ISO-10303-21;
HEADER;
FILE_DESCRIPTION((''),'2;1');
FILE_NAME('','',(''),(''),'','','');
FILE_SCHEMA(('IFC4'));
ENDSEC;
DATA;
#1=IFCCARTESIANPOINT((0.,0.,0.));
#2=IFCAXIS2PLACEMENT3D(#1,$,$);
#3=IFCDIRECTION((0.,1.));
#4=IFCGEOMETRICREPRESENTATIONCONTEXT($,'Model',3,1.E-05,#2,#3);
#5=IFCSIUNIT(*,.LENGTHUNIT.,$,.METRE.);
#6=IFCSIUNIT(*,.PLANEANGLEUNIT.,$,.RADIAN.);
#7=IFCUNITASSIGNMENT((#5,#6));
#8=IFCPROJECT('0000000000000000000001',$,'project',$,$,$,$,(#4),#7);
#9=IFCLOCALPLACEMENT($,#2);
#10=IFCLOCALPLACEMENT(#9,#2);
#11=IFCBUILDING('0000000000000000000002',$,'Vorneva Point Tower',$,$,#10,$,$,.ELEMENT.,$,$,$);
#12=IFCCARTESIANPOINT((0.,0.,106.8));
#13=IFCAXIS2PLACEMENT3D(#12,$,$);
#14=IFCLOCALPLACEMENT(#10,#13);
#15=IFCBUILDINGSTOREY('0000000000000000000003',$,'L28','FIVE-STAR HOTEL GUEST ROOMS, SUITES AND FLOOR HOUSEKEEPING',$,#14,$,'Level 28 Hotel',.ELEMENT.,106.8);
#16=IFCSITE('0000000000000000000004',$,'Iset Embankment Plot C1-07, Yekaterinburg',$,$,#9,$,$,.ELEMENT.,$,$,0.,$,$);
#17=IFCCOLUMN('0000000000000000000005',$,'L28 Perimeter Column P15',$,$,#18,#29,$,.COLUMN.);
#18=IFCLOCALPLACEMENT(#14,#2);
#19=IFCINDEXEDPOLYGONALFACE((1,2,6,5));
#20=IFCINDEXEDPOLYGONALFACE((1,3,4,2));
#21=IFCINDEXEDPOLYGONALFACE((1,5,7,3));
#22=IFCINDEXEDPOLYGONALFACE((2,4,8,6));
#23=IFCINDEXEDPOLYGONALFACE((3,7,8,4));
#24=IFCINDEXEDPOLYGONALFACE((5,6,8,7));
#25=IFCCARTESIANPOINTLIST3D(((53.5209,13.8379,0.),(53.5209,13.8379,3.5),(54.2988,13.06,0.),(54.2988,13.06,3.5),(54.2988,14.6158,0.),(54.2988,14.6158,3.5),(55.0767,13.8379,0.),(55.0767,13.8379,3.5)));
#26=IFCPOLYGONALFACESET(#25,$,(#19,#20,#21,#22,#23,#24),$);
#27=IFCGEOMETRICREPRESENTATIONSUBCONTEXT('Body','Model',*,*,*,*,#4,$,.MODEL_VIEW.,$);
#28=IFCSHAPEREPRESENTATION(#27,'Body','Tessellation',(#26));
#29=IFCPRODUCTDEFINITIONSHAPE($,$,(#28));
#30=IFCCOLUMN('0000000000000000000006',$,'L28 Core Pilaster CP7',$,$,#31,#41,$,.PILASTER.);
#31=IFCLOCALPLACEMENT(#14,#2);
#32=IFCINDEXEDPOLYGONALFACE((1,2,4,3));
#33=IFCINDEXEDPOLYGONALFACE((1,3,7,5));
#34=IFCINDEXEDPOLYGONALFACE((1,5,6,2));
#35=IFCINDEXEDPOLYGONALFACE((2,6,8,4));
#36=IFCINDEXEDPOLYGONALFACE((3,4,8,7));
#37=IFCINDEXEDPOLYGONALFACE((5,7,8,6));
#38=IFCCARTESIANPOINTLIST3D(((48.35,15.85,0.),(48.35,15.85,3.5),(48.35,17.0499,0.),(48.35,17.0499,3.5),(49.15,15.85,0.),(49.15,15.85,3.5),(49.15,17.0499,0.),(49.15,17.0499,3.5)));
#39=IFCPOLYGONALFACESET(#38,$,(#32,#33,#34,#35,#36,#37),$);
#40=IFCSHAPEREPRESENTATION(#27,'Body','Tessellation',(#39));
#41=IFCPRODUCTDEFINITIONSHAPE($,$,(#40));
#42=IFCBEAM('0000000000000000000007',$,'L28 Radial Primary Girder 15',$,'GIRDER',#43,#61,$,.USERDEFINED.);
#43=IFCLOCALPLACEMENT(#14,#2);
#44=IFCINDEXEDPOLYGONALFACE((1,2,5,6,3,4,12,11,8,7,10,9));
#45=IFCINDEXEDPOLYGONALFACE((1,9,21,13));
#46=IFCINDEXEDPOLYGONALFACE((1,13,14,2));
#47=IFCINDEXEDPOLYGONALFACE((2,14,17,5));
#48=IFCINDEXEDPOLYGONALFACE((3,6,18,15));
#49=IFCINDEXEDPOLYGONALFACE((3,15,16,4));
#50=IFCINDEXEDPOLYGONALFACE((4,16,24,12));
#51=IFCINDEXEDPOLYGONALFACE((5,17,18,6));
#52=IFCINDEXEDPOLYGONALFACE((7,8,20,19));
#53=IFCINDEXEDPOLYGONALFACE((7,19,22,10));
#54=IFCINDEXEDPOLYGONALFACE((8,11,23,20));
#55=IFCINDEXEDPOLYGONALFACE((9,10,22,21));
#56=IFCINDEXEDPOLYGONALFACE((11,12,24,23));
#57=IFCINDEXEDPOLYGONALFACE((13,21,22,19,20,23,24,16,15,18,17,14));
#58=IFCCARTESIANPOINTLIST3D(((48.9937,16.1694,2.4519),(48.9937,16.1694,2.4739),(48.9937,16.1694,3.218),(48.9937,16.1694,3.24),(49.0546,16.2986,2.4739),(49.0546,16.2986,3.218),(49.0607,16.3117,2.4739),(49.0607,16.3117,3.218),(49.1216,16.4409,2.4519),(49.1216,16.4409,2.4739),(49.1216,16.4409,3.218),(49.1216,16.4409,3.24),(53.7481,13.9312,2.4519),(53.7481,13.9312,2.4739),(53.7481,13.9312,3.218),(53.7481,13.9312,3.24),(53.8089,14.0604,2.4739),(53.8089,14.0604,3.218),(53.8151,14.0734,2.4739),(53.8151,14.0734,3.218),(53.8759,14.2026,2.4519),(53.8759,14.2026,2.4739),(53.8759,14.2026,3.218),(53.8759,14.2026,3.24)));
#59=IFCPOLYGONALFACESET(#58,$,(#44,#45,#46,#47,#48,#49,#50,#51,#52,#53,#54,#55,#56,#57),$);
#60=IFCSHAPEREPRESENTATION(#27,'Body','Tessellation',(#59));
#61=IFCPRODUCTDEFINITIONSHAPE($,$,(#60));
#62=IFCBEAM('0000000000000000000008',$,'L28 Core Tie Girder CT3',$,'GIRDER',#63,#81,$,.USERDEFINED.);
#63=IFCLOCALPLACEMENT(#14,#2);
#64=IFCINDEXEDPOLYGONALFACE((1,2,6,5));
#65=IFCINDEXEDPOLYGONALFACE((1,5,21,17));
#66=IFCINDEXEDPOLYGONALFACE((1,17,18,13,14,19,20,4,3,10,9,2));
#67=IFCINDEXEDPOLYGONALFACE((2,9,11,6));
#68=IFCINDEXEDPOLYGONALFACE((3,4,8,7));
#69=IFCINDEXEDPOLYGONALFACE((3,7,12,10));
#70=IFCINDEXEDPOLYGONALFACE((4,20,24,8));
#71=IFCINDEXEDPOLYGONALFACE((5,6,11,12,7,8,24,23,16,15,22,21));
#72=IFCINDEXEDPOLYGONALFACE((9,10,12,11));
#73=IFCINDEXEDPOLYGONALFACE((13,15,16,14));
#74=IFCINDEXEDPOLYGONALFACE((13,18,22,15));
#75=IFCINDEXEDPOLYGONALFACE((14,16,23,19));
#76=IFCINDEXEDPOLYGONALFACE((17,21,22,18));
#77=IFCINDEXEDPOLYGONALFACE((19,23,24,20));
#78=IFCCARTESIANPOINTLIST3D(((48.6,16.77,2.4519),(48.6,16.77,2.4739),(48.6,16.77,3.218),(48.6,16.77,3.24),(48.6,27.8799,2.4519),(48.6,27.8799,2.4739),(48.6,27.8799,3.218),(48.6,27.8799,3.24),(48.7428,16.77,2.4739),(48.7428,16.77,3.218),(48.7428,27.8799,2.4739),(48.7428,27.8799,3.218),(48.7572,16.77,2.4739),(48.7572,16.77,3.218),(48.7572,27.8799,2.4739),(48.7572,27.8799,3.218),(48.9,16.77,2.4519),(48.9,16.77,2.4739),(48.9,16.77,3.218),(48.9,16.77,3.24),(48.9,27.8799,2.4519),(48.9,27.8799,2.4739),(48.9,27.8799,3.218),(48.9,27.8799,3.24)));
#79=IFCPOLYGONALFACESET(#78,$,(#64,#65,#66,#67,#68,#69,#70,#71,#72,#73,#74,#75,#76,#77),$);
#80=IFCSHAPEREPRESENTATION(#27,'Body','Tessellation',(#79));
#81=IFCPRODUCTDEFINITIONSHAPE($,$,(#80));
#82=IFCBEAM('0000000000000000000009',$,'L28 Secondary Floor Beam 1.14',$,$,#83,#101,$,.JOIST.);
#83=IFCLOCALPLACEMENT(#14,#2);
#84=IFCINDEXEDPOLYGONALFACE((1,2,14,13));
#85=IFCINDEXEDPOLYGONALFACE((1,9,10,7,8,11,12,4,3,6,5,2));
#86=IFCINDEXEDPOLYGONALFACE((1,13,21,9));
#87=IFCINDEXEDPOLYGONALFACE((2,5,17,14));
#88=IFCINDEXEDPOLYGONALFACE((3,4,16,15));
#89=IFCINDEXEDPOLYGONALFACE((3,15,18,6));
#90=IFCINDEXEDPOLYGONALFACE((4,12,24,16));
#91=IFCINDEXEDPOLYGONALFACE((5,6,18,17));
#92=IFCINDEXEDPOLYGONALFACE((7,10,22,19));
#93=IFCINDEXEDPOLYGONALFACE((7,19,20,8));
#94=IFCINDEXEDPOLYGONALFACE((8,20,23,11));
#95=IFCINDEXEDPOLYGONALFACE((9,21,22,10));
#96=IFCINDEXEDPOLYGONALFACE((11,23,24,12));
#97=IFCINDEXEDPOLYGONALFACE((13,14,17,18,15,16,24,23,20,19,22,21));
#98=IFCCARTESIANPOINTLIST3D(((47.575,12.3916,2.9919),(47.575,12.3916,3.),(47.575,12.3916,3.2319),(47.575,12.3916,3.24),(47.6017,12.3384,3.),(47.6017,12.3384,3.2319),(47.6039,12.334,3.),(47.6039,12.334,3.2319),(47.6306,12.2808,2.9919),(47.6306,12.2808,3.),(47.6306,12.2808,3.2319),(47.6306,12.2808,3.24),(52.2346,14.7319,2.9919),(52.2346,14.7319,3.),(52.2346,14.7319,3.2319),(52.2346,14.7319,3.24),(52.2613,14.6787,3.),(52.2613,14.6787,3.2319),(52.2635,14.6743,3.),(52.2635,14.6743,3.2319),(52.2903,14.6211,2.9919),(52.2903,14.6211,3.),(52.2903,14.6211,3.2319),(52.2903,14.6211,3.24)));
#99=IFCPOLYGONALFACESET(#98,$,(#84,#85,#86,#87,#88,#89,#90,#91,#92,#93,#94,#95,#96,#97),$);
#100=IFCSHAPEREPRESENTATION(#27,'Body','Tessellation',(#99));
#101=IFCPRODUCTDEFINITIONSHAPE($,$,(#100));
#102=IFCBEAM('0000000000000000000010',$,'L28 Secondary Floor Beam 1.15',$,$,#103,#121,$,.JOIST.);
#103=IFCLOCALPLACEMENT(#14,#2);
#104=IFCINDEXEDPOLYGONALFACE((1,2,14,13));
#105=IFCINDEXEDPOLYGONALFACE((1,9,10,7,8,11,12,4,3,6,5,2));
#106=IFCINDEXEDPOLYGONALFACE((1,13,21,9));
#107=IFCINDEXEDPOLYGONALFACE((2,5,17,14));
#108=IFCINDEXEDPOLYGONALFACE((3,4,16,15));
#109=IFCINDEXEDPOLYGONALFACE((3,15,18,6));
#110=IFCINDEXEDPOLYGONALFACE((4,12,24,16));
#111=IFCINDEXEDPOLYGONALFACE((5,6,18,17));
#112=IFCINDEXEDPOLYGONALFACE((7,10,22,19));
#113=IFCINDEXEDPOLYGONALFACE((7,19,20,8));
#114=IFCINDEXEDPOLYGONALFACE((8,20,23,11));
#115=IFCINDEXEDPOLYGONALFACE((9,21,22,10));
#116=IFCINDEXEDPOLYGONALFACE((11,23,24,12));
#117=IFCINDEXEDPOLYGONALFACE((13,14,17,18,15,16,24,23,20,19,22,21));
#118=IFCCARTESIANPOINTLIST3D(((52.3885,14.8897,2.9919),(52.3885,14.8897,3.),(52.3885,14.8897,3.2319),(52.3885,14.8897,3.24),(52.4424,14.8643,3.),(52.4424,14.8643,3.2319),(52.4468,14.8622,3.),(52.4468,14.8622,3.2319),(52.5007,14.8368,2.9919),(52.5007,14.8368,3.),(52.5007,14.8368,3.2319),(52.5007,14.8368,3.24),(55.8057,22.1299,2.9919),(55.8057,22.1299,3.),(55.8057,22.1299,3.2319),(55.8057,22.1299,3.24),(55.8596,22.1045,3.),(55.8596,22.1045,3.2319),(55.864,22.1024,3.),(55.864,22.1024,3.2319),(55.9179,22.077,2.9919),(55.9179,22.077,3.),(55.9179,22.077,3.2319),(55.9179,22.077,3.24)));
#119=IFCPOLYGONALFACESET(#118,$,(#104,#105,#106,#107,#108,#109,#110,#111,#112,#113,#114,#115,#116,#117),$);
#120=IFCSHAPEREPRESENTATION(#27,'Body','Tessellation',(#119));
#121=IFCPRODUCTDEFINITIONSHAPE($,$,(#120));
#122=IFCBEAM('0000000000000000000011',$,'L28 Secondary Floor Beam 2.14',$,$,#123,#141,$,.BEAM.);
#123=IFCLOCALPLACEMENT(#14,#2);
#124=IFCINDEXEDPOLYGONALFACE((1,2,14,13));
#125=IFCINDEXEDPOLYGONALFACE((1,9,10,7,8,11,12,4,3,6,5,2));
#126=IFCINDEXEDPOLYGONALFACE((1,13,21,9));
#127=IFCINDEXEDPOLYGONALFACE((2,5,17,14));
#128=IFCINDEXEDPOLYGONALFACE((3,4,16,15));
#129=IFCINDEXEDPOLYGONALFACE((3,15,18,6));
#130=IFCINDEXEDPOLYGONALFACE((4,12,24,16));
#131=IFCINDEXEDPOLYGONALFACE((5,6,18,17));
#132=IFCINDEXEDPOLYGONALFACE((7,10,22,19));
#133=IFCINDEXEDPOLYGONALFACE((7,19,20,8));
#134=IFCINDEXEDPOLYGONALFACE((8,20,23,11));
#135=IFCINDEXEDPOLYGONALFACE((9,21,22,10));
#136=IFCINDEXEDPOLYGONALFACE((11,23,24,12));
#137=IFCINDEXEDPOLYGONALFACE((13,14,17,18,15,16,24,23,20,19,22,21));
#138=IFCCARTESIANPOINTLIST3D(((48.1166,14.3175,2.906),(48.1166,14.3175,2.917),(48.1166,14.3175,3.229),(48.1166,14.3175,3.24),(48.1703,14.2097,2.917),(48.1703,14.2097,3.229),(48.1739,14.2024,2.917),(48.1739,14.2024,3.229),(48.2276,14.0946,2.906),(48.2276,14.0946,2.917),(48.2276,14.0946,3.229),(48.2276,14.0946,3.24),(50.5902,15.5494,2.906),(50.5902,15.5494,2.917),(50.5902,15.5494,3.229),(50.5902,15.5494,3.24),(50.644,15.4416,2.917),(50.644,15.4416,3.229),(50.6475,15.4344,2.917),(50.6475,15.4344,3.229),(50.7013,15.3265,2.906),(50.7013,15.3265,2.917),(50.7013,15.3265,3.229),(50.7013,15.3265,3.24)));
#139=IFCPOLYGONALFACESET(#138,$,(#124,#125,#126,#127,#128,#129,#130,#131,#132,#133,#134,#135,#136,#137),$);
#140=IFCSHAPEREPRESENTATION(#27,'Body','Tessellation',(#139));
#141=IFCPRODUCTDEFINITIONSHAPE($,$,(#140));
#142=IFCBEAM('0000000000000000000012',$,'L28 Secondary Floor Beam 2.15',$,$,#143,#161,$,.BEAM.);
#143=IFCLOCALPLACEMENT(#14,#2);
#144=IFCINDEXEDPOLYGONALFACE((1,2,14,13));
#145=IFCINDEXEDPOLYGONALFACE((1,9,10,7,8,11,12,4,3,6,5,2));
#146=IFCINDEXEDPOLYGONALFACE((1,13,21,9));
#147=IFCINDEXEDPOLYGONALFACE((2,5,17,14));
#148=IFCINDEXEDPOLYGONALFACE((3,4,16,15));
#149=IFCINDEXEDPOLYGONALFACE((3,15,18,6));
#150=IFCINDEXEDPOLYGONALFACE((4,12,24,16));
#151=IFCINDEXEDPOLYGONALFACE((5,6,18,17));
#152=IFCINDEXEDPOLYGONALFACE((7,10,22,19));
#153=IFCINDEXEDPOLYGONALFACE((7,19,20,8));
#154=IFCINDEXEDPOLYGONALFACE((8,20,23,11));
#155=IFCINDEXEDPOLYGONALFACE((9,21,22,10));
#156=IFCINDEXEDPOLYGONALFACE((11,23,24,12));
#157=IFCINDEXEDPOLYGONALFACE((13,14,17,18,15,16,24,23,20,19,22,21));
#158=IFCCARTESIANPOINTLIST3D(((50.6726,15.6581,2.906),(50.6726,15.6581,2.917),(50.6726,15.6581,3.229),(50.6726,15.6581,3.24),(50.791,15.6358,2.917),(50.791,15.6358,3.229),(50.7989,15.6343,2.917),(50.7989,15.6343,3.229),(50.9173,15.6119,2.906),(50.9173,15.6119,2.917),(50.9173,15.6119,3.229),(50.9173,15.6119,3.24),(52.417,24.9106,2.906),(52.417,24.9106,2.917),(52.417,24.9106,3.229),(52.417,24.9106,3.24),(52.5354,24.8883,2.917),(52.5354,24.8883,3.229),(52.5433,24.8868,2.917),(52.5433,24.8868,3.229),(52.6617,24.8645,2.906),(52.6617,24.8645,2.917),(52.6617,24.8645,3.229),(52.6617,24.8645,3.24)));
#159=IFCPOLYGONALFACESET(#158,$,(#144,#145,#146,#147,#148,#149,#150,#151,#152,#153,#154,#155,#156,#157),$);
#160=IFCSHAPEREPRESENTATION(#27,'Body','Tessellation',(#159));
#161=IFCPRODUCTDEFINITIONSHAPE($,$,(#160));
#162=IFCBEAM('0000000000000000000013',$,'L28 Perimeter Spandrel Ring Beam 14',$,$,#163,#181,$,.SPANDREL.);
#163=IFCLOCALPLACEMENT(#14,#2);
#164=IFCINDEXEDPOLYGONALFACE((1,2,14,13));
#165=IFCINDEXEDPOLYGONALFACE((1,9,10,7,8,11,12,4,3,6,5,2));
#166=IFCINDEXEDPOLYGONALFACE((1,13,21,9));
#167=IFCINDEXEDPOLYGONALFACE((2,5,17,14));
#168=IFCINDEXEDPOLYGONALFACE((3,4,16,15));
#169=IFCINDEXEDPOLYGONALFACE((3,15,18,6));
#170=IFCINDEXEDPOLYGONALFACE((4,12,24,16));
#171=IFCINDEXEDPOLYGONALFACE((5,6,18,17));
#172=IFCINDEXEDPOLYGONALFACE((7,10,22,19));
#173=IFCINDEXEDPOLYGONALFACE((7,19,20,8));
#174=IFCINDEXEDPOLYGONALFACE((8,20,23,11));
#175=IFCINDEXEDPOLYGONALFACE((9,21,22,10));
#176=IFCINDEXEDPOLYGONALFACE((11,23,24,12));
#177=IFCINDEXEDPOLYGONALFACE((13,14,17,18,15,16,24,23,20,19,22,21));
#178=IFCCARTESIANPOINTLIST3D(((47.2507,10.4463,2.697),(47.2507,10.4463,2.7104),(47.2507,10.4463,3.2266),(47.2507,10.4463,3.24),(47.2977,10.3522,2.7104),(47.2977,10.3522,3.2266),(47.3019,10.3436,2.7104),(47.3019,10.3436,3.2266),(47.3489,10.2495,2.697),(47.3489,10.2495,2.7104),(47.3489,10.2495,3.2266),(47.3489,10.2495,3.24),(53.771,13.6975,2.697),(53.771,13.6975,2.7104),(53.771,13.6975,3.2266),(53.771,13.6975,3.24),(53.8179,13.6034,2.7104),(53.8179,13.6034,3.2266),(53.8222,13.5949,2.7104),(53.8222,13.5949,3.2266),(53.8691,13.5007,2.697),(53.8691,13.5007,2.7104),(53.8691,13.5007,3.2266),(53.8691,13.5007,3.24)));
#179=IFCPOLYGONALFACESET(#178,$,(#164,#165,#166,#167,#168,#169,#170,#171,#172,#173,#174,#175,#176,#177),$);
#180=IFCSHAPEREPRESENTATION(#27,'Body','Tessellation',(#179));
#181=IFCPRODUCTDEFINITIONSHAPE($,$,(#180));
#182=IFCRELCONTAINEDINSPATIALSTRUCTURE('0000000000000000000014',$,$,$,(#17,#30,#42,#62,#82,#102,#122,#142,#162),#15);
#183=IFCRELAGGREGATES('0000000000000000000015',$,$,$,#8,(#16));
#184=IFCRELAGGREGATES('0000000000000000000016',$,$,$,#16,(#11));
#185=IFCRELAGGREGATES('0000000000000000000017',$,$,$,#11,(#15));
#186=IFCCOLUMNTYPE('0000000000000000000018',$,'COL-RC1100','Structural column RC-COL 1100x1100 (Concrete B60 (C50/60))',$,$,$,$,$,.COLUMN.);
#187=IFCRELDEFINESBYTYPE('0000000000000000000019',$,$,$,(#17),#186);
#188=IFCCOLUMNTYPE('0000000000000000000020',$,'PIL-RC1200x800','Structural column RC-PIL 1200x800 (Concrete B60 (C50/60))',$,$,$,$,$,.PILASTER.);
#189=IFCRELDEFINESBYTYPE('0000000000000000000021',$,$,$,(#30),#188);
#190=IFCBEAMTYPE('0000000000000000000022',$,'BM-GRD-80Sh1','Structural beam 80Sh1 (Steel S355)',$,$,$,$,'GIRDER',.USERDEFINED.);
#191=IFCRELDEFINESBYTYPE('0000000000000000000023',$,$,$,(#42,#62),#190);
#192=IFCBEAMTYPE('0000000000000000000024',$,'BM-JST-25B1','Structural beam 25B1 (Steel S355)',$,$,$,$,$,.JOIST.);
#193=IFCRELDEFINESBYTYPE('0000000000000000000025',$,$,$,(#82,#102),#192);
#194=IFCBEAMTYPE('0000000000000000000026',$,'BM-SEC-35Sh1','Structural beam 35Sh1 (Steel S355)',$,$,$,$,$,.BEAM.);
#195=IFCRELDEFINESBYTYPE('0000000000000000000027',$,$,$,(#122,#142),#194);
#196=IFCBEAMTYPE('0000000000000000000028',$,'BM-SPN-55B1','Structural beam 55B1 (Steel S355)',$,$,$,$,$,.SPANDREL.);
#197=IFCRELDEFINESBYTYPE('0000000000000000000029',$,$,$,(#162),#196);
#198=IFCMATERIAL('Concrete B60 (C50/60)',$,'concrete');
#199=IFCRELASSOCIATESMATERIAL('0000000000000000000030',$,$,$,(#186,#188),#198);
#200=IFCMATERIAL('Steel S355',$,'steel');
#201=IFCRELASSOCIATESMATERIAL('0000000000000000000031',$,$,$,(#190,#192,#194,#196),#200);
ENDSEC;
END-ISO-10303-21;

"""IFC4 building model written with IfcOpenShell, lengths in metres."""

from ifc_helpers import new_model, si_unit, direction, frame, origin, origin_2d, place, context, subcontext, project, spatial, rectangle, i_section, extrude, material, material_profile, profile_set, type_object, element, save


model = new_model("IFC4")

# Units and contexts
model_context = context("Model", 3, precision=1e-05, world=origin(), true_north=direction((0.0, 1.0)))
body_context = subcontext(model_context, "Body", "Model", "MODEL_VIEW")
ifc_project = project(units=[si_unit("LENGTHUNIT", "METRE"), si_unit("PLANEANGLEUNIT", "RADIAN")], contexts=[model_context])

# Site, building, storey
site_placement = place(None, origin())
site = spatial("IfcSite", under=ifc_project, at=site_placement, Name="Iset Embankment Plot C1-07, Yekaterinburg", CompositionType="ELEMENT", RefElevation=0.0)
building_placement = place(site_placement, origin())
building = spatial("IfcBuilding", under=site, at=building_placement, Name="Vorneva Point Tower", CompositionType="ELEMENT")
storey_placement = place(building_placement, frame((0.0, 0.0, 106.8)))
storey = spatial("IfcBuildingStorey", under=building, at=storey_placement, Name="L28", Description="FIVE-STAR HOTEL GUEST ROOMS, SUITES AND FLOOR HOUSEKEEPING", LongName="Level 28 Hotel", CompositionType="ELEMENT", Elevation=106.8)

# Columns
ifc_material_1 = material(Name="Concrete B60 (C50/60)", Category="concrete")
ifc_material_profile_1 = material_profile(ifc_material_1, rectangle(XDim=1.1001, YDim=1.1001, at=origin_2d()), Name="RC-COL 1100x1100")
ifc_profile_set_1 = profile_set([ifc_material_profile_1], Name="Concrete B60 (C50/60)")
column_type_1 = type_object("IfcColumnType", Name="COL-RC1100", Description="Structural column RC-COL 1100x1100 (Concrete B60 (C50/60))", PredefinedType="COLUMN", material=ifc_profile_set_1)
column_1_placement = place(storey_placement, frame((54.2988, 13.8379, 0.0), z_axis=(0.0, 0.0, 1.0), x_axis=(0.707107, -0.707107, 0.0)))
element("IfcColumn", 1, at=column_1_placement, inside=storey, type_object=column_type_1, Name="L28 Perimeter Column P15", PredefinedType="COLUMN", context=body_context, shape_type="SweptSolid", body=[
    extrude(rectangle(XDim=1.1001, YDim=1.1001, at=origin_2d()), origin(), (0.0, 0.0, 1.0), 3.5),
])
ifc_material_profile_2 = material_profile(ifc_material_1, rectangle(XDim=0.8, YDim=1.2, at=origin_2d()), Name="RC-PIL 1200x800")
ifc_profile_set_2 = profile_set([ifc_material_profile_2], Name="Concrete B60 (C50/60)")
column_type_2 = type_object("IfcColumnType", Name="PIL-RC1200x800", Description="Structural column RC-PIL 1200x800 (Concrete B60 (C50/60))", PredefinedType="PILASTER", material=ifc_profile_set_2)
column_2_placement = place(storey_placement, frame((48.75, 16.45, 0.0), z_axis=(0.0, 0.0, 1.0), x_axis=(1.0, 0.0, 0.0)))
element("IfcColumn", 2, at=column_2_placement, inside=storey, type_object=column_type_2, Name="L28 Core Pilaster CP7", PredefinedType="PILASTER", context=body_context, shape_type="SweptSolid", body=[
    extrude(rectangle(XDim=0.8, YDim=1.2, at=origin_2d()), origin(), (0.0, 0.0, 1.0), 3.5),
])

# Beams
ifc_material_2 = material(Name="Steel S355", Category="steel")
ifc_material_profile_3 = material_profile(ifc_material_2, i_section(OverallWidth=0.3, OverallDepth=0.7881, WebThickness=0.0144, FlangeThickness=0.022, at=origin_2d()), Name="80Sh1")
ifc_profile_set_3 = profile_set([ifc_material_profile_3], Name="Steel S355")
beam_type_1 = type_object("IfcBeamType", Name="BM-GRD-80Sh1", Description="Structural beam 80Sh1 (Steel S355)", ElementType="GIRDER", PredefinedType="USERDEFINED", material=ifc_profile_set_3)
beam_1_placement = place(storey_placement, frame((53.812, 14.0669, 2.8459), z_axis=(-0.904751, 0.42594, 0.0), x_axis=(-0.42594, -0.904751, 0.0)))
element("IfcBeam", 3, at=beam_1_placement, inside=storey, type_object=beam_type_1, Name="L28 Radial Primary Girder 15", ObjectType="GIRDER", PredefinedType="USERDEFINED", context=body_context, shape_type="SweptSolid", body=[
    extrude(i_section(OverallWidth=0.3, OverallDepth=0.7881, WebThickness=0.0144, FlangeThickness=0.022, at=origin_2d()), origin(), (0.0, 0.0, 1.0), 5.2549),
])
beam_2_placement = place(storey_placement, frame((48.75, 16.77, 2.8459), z_axis=(0.0, 1.0, 0.0), x_axis=(-1.0, 0.0, 0.0)))
element("IfcBeam", 4, at=beam_2_placement, inside=storey, type_object=beam_type_1, Name="L28 Core Tie Girder CT3", ObjectType="GIRDER", PredefinedType="USERDEFINED", context=body_context, shape_type="SweptSolid", body=[
    extrude(i_section(OverallWidth=0.3, OverallDepth=0.7881, WebThickness=0.0144, FlangeThickness=0.022, at=origin_2d()), origin(), (0.0, 0.0, 1.0), 11.1099),
])
ifc_material_profile_4 = material_profile(ifc_material_2, i_section(OverallWidth=0.124, OverallDepth=0.248, WebThickness=0.0049, FlangeThickness=0.0081, at=origin_2d()), Name="25B1")
ifc_profile_set_4 = profile_set([ifc_material_profile_4], Name="Steel S355")
beam_type_2 = type_object("IfcBeamType", Name="BM-JST-25B1", Description="Structural beam 25B1 (Steel S355)", PredefinedType="JOIST", material=ifc_profile_set_4)
beam_3_placement = place(storey_placement, frame((47.6028, 12.3362, 3.116), z_axis=(0.89362, 0.448824, 0.0), x_axis=(-0.448824, 0.89362, 0.0)))
element("IfcBeam", 5, at=beam_3_placement, inside=storey, type_object=beam_type_2, Name="L28 Secondary Floor Beam 1.14", PredefinedType="JOIST", context=body_context, shape_type="SweptSolid", body=[
    extrude(i_section(OverallWidth=0.124, OverallDepth=0.248, WebThickness=0.0049, FlangeThickness=0.0081, at=origin_2d()), origin(), (0.0, 0.0, 1.0), 5.2144),
])
beam_4_placement = place(storey_placement, frame((52.4446, 14.8633, 3.116), z_axis=(0.426826, 0.904334, 0.0), x_axis=(-0.904334, 0.426826, 0.0)))
element("IfcBeam", 6, at=beam_4_placement, inside=storey, type_object=beam_type_2, Name="L28 Secondary Floor Beam 1.15", PredefinedType="JOIST", context=body_context, shape_type="SweptSolid", body=[
    extrude(i_section(OverallWidth=0.124, OverallDepth=0.248, WebThickness=0.0049, FlangeThickness=0.0081, at=origin_2d()), origin(), (0.0, 0.0, 1.0), 8.0061),
])
ifc_material_profile_5 = material_profile(ifc_material_2, i_section(OverallWidth=0.249, OverallDepth=0.334, WebThickness=0.0081, FlangeThickness=0.011, at=origin_2d()), Name="35Sh1")
ifc_profile_set_5 = profile_set([ifc_material_profile_5], Name="Steel S355")
beam_type_3 = type_object("IfcBeamType", Name="BM-SEC-35Sh1", Description="Structural beam 35Sh1 (Steel S355)", PredefinedType="BEAM", material=ifc_profile_set_5)
beam_5_placement = place(storey_placement, frame((48.1721, 14.2061, 3.073), z_axis=(0.895133, 0.445799, 0.0), x_axis=(-0.445799, 0.895133, 0.0)))
element("IfcBeam", 7, at=beam_5_placement, inside=storey, type_object=beam_type_3, Name="L28 Secondary Floor Beam 2.14", PredefinedType="BEAM", context=body_context, shape_type="SweptSolid", body=[
    extrude(i_section(OverallWidth=0.249, OverallDepth=0.334, WebThickness=0.0081, FlangeThickness=0.011, at=origin_2d()), origin(), (0.0, 0.0, 1.0), 2.7634),
])
beam_6_placement = place(storey_placement, frame((50.7949, 15.635, 3.073), z_axis=(0.185268, 0.982688, 0.0), x_axis=(-0.982688, 0.185268, 0.0)))
element("IfcBeam", 8, at=beam_6_placement, inside=storey, type_object=beam_type_3, Name="L28 Secondary Floor Beam 2.15", PredefinedType="BEAM", context=body_context, shape_type="SweptSolid", body=[
    extrude(i_section(OverallWidth=0.249, OverallDepth=0.334, WebThickness=0.0081, FlangeThickness=0.011, at=origin_2d()), origin(), (0.0, 0.0, 1.0), 9.4155),
])
ifc_material_profile_6 = material_profile(ifc_material_2, i_section(OverallWidth=0.22, OverallDepth=0.543, WebThickness=0.0095, FlangeThickness=0.0134, at=origin_2d()), Name="55B1")
ifc_profile_set_6 = profile_set([ifc_material_profile_6], Name="Steel S355")
beam_type_4 = type_object("IfcBeamType", Name="BM-SPN-55B1", Description="Structural beam 55B1 (Steel S355)", PredefinedType="SPANDREL", material=ifc_profile_set_6)
beam_7_placement = place(storey_placement, frame((47.2998, 10.3479, 2.9685), z_axis=(0.894916, 0.446235, 0.0), x_axis=(-0.446235, 0.894916, 0.0)))
element("IfcBeam", 9, at=beam_7_placement, inside=storey, type_object=beam_type_4, Name="L28 Perimeter Spandrel Ring Beam 14", PredefinedType="SPANDREL", context=body_context, shape_type="SweptSolid", body=[
    extrude(i_section(OverallWidth=0.22, OverallDepth=0.543, WebThickness=0.0095, FlangeThickness=0.0134, at=origin_2d()), origin(), (0.0, 0.0, 1.0), 7.2859),
])

save(model, "model.ifc")
